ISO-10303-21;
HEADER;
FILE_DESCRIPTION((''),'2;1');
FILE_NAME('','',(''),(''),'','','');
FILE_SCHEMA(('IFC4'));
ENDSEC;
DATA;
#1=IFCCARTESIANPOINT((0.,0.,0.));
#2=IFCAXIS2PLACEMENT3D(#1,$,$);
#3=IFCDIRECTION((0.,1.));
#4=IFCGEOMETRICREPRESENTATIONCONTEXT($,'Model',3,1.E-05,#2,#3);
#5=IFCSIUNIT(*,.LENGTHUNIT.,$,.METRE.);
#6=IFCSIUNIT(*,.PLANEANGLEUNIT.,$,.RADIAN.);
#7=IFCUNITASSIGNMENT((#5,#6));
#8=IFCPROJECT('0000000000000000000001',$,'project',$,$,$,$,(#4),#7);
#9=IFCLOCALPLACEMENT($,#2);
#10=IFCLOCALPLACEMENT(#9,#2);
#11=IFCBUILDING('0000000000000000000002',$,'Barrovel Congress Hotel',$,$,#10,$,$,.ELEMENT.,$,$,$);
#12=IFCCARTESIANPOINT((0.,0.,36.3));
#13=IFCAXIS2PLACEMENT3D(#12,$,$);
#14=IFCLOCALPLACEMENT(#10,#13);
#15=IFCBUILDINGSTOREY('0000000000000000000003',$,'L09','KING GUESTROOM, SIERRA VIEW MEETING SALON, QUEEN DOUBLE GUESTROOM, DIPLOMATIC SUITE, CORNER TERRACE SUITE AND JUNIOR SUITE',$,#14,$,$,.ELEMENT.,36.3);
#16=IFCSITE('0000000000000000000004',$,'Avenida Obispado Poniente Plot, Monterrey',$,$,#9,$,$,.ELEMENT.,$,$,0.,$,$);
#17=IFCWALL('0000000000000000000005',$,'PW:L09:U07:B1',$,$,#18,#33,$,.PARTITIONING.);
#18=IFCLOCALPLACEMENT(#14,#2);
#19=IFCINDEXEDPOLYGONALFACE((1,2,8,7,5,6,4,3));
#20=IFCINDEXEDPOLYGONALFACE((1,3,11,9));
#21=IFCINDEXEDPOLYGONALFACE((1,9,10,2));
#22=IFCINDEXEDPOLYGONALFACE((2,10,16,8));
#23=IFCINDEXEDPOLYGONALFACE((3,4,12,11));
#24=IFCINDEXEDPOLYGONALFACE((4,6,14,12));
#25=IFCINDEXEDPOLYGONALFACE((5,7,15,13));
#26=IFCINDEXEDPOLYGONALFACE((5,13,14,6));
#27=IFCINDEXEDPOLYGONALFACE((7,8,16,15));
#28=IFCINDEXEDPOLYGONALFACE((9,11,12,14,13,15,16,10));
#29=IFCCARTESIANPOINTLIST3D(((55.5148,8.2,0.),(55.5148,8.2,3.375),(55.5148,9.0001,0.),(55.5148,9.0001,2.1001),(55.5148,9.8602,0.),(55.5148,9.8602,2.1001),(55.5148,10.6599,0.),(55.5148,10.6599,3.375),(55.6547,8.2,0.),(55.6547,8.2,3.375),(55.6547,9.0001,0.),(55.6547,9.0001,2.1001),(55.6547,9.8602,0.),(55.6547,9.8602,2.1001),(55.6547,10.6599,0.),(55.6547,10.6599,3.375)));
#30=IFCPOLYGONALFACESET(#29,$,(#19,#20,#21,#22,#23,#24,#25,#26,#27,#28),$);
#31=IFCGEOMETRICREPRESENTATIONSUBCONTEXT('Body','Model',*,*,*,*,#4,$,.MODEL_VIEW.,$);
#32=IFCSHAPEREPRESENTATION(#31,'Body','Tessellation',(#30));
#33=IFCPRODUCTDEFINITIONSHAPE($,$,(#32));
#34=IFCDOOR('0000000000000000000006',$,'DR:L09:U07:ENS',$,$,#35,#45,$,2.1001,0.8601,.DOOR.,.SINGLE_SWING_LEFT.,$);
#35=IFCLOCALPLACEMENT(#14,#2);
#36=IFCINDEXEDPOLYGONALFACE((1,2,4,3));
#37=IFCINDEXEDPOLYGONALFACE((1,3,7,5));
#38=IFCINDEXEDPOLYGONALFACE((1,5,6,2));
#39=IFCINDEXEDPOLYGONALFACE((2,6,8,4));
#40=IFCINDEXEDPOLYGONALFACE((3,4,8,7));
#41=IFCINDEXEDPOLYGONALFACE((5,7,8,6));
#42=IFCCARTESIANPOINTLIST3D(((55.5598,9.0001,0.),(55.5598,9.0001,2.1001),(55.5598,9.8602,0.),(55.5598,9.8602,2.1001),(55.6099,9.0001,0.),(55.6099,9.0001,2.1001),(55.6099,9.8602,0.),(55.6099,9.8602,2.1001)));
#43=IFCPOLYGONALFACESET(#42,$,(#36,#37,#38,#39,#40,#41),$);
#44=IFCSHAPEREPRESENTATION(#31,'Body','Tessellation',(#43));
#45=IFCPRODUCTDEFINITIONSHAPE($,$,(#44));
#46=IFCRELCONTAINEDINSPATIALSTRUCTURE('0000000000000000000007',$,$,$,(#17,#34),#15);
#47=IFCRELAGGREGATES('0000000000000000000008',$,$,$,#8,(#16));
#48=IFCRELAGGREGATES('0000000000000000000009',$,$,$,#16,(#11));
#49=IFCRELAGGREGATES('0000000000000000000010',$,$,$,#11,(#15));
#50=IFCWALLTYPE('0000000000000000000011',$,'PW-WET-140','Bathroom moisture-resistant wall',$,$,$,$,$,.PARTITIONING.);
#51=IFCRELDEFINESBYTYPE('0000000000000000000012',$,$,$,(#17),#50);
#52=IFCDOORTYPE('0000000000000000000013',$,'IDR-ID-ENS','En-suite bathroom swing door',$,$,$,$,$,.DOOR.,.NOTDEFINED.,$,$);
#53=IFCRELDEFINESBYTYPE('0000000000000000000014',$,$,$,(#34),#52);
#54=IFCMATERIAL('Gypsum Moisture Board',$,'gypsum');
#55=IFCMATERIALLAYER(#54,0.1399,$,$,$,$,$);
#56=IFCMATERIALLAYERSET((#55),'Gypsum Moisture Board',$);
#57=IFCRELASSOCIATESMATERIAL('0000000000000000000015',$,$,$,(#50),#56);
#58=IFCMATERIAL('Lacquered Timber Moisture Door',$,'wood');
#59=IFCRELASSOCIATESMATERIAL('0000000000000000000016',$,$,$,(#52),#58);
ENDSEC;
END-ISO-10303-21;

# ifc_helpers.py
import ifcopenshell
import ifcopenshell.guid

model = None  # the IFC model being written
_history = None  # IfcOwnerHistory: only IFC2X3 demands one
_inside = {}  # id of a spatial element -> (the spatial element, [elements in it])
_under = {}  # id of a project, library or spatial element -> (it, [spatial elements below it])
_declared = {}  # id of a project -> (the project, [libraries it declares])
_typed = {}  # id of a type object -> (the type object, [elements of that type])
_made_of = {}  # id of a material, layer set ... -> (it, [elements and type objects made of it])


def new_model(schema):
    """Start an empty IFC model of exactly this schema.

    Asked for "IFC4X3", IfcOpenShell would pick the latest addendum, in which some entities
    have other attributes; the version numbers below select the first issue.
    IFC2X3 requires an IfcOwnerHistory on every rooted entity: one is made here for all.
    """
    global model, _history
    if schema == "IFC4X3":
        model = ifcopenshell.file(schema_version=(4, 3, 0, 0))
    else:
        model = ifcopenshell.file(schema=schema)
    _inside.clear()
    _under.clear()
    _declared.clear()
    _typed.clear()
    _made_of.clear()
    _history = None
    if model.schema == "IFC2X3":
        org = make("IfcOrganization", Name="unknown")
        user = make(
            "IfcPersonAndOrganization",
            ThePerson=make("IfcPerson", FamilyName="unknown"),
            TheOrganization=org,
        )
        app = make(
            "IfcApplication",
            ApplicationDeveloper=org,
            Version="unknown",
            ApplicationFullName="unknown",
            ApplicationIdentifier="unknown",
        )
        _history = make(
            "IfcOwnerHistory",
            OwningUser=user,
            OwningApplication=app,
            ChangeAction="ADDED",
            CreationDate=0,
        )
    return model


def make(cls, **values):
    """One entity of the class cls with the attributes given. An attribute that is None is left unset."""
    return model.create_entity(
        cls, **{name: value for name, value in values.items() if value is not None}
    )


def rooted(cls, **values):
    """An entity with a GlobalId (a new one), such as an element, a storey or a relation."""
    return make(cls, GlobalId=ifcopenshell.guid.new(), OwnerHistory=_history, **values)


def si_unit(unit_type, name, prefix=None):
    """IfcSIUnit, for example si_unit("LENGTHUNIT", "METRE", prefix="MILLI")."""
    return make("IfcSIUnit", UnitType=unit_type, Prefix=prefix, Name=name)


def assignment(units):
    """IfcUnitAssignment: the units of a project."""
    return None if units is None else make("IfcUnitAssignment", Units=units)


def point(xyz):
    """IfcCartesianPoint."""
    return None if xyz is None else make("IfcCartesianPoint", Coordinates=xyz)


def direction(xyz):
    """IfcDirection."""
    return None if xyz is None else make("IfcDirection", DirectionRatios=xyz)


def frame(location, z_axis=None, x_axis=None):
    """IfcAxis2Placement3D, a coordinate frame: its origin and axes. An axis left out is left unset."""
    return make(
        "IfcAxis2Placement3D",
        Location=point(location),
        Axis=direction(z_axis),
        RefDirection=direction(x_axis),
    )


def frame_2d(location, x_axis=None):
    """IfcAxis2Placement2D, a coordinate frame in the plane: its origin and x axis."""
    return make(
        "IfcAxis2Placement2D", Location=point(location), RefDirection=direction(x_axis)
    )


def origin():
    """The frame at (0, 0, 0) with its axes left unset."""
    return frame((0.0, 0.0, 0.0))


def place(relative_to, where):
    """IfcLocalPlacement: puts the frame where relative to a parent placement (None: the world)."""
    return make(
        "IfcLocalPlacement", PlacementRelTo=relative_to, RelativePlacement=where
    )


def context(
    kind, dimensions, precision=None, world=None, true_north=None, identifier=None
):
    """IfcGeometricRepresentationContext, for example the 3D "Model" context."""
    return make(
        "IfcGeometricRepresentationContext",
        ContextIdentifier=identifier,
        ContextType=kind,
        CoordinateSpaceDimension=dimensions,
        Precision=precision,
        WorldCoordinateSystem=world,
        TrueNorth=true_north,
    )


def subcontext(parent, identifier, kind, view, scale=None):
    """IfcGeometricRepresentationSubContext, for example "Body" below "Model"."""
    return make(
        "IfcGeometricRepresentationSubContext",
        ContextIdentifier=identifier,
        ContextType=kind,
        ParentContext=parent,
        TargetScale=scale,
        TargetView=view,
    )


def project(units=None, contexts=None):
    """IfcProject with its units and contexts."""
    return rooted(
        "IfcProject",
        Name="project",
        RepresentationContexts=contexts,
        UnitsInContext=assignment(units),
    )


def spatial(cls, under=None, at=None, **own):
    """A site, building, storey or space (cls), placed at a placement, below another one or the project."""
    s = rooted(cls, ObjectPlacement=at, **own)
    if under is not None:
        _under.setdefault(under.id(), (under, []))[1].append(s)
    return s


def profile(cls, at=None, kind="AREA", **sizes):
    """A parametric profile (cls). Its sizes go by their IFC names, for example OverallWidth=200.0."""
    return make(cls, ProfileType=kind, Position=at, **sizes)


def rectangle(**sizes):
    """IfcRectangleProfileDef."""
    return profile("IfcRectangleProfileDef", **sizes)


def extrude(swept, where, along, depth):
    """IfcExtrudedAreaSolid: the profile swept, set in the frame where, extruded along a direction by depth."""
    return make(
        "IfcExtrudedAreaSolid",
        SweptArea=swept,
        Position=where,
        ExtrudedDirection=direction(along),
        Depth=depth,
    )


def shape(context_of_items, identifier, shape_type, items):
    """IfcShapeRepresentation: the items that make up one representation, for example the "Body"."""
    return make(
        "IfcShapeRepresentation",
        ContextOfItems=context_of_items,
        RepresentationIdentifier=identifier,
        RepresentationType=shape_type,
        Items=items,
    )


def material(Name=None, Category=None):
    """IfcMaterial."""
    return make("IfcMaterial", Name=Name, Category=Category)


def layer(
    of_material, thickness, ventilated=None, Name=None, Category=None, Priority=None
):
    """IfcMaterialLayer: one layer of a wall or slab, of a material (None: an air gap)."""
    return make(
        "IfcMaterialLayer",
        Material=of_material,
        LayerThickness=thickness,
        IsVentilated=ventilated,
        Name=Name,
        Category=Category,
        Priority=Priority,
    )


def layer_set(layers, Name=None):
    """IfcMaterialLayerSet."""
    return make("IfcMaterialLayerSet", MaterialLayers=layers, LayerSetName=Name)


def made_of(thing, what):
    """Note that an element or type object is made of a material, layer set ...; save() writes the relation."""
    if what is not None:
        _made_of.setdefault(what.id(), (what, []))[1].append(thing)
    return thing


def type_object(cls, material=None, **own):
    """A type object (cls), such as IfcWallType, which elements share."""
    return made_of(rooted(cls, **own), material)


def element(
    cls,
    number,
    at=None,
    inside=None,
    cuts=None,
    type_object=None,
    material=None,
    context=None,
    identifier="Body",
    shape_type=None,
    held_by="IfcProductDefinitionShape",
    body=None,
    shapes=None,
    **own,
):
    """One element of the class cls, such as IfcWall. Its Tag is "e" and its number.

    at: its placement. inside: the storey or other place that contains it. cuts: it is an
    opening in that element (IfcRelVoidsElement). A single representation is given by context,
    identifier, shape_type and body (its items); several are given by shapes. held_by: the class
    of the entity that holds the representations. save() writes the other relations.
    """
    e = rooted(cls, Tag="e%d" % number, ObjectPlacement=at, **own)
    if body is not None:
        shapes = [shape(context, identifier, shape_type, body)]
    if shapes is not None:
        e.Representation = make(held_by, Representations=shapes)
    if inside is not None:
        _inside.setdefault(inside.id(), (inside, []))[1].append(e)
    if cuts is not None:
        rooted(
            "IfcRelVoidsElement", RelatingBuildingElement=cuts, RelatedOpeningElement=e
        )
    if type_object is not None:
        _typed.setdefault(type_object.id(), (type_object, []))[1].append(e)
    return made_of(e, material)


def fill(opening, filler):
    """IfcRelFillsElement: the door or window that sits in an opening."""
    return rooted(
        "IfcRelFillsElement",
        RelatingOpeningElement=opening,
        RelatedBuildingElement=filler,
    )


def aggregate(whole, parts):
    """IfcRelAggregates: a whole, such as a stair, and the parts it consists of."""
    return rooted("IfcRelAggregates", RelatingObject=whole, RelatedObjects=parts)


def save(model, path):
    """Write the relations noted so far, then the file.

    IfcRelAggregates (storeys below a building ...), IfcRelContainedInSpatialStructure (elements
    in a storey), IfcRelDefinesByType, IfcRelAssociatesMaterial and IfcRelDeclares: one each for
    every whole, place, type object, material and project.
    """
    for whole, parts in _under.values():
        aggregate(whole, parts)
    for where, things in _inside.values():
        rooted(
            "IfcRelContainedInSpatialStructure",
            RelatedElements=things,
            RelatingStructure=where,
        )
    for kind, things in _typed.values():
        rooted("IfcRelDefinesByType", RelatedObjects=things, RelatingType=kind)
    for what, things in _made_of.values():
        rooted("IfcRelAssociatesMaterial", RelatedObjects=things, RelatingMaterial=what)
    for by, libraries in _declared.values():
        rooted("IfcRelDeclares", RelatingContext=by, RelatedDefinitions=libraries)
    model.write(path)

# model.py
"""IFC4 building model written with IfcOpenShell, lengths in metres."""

from ifc_helpers import new_model, si_unit, direction, frame, frame_2d, origin, place, context, subcontext, project, spatial, rectangle, extrude, material, layer, layer_set, type_object, element, fill, save


model = new_model("IFC4")

# Units and contexts
model_context = context("Model", 3, precision=1e-05, world=origin(), true_north=direction((0.0, 1.0)))
body_context = subcontext(model_context, "Body", "Model", "MODEL_VIEW")
ifc_project = project(units=[si_unit("LENGTHUNIT", "METRE"), si_unit("PLANEANGLEUNIT", "RADIAN")], contexts=[model_context])

# Site, building, storey
site_placement = place(None, origin())
site = spatial("IfcSite", under=ifc_project, at=site_placement, Name="Avenida Obispado Poniente Plot, Monterrey", CompositionType="ELEMENT", RefElevation=0.0)
building_placement = place(site_placement, origin())
building = spatial("IfcBuilding", under=site, at=building_placement, Name="Barrovel Congress Hotel", CompositionType="ELEMENT")
storey_placement = place(building_placement, frame((0.0, 0.0, 36.3)))
storey = spatial("IfcBuildingStorey", under=building, at=storey_placement, Name="L09", Description="KING GUESTROOM, SIERRA VIEW MEETING SALON, QUEEN DOUBLE GUESTROOM, DIPLOMATIC SUITE, CORNER TERRACE SUITE AND JUNIOR SUITE", CompositionType="ELEMENT", Elevation=36.3)

# Wall, opening, door
ifc_material_1 = material(Name="Gypsum Moisture Board", Category="gypsum")
ifc_layer_1 = layer(ifc_material_1, 0.1399)
ifc_layer_set_1 = layer_set([ifc_layer_1], Name="Gypsum Moisture Board")
wall_type_1 = type_object("IfcWallType", Name="PW-WET-140", Description="Bathroom moisture-resistant wall", PredefinedType="PARTITIONING", material=ifc_layer_set_1)
wall_1_placement = place(storey_placement, frame((55.5847, 8.2, 0.0), z_axis=(0.0, 0.0, 1.0), x_axis=(0.0, 1.0, 0.0)))
wall_1 = element("IfcWall", 1, at=wall_1_placement, inside=storey, type_object=wall_type_1, Name="PW:L09:U07:B1", PredefinedType="PARTITIONING", context=body_context, shape_type="SweptSolid", body=[
    extrude(rectangle(XDim=2.46, YDim=0.1399, at=frame_2d((1.23, 0.0))), origin(), (0.0, 0.0, 1.0), 3.375),
])
opening_1_placement = place(wall_1_placement, frame((0.8, 0.0, 0.0)))
opening_1 = element("IfcOpeningElement", 2, at=opening_1_placement, cuts=wall_1, PredefinedType="OPENING", context=body_context, shape_type="SweptSolid", body=[
    extrude(rectangle(XDim=0.8601, YDim=2.1001, at=frame_2d((0.4302, 1.05))), frame((0.0, 0.0801, 0.0), z_axis=(0.0, -1.0, 0.0), x_axis=(1.0, 0.0, 0.0)), (0.0, 0.0, 1.0), 0.1599),
])
ifc_material_2 = material(Name="Lacquered Timber Moisture Door", Category="wood")
door_type_1 = type_object("IfcDoorType", Name="IDR-ID-ENS", Description="En-suite bathroom swing door", OperationType="NOTDEFINED", PredefinedType="DOOR", material=ifc_material_2)
door_1_placement = place(opening_1_placement, origin())
door_1 = element("IfcDoor", 3, at=door_1_placement, inside=storey, type_object=door_type_1, Name="DR:L09:U07:ENS", OperationType="SINGLE_SWING_LEFT", OverallHeight=2.1001, OverallWidth=0.8601, PredefinedType="DOOR", context=body_context, shape_type="SweptSolid", body=[
    extrude(rectangle(XDim=0.8601, YDim=2.1001, at=frame_2d((0.4302, 1.05))), frame((0.0, 0.0249, 0.0), z_axis=(0.0, -1.0, 0.0), x_axis=(1.0, 0.0, 0.0)), (0.0, 0.0, 1.0), 0.05),
])
fill(opening_1, door_1)

save(model, "model.ifc")
